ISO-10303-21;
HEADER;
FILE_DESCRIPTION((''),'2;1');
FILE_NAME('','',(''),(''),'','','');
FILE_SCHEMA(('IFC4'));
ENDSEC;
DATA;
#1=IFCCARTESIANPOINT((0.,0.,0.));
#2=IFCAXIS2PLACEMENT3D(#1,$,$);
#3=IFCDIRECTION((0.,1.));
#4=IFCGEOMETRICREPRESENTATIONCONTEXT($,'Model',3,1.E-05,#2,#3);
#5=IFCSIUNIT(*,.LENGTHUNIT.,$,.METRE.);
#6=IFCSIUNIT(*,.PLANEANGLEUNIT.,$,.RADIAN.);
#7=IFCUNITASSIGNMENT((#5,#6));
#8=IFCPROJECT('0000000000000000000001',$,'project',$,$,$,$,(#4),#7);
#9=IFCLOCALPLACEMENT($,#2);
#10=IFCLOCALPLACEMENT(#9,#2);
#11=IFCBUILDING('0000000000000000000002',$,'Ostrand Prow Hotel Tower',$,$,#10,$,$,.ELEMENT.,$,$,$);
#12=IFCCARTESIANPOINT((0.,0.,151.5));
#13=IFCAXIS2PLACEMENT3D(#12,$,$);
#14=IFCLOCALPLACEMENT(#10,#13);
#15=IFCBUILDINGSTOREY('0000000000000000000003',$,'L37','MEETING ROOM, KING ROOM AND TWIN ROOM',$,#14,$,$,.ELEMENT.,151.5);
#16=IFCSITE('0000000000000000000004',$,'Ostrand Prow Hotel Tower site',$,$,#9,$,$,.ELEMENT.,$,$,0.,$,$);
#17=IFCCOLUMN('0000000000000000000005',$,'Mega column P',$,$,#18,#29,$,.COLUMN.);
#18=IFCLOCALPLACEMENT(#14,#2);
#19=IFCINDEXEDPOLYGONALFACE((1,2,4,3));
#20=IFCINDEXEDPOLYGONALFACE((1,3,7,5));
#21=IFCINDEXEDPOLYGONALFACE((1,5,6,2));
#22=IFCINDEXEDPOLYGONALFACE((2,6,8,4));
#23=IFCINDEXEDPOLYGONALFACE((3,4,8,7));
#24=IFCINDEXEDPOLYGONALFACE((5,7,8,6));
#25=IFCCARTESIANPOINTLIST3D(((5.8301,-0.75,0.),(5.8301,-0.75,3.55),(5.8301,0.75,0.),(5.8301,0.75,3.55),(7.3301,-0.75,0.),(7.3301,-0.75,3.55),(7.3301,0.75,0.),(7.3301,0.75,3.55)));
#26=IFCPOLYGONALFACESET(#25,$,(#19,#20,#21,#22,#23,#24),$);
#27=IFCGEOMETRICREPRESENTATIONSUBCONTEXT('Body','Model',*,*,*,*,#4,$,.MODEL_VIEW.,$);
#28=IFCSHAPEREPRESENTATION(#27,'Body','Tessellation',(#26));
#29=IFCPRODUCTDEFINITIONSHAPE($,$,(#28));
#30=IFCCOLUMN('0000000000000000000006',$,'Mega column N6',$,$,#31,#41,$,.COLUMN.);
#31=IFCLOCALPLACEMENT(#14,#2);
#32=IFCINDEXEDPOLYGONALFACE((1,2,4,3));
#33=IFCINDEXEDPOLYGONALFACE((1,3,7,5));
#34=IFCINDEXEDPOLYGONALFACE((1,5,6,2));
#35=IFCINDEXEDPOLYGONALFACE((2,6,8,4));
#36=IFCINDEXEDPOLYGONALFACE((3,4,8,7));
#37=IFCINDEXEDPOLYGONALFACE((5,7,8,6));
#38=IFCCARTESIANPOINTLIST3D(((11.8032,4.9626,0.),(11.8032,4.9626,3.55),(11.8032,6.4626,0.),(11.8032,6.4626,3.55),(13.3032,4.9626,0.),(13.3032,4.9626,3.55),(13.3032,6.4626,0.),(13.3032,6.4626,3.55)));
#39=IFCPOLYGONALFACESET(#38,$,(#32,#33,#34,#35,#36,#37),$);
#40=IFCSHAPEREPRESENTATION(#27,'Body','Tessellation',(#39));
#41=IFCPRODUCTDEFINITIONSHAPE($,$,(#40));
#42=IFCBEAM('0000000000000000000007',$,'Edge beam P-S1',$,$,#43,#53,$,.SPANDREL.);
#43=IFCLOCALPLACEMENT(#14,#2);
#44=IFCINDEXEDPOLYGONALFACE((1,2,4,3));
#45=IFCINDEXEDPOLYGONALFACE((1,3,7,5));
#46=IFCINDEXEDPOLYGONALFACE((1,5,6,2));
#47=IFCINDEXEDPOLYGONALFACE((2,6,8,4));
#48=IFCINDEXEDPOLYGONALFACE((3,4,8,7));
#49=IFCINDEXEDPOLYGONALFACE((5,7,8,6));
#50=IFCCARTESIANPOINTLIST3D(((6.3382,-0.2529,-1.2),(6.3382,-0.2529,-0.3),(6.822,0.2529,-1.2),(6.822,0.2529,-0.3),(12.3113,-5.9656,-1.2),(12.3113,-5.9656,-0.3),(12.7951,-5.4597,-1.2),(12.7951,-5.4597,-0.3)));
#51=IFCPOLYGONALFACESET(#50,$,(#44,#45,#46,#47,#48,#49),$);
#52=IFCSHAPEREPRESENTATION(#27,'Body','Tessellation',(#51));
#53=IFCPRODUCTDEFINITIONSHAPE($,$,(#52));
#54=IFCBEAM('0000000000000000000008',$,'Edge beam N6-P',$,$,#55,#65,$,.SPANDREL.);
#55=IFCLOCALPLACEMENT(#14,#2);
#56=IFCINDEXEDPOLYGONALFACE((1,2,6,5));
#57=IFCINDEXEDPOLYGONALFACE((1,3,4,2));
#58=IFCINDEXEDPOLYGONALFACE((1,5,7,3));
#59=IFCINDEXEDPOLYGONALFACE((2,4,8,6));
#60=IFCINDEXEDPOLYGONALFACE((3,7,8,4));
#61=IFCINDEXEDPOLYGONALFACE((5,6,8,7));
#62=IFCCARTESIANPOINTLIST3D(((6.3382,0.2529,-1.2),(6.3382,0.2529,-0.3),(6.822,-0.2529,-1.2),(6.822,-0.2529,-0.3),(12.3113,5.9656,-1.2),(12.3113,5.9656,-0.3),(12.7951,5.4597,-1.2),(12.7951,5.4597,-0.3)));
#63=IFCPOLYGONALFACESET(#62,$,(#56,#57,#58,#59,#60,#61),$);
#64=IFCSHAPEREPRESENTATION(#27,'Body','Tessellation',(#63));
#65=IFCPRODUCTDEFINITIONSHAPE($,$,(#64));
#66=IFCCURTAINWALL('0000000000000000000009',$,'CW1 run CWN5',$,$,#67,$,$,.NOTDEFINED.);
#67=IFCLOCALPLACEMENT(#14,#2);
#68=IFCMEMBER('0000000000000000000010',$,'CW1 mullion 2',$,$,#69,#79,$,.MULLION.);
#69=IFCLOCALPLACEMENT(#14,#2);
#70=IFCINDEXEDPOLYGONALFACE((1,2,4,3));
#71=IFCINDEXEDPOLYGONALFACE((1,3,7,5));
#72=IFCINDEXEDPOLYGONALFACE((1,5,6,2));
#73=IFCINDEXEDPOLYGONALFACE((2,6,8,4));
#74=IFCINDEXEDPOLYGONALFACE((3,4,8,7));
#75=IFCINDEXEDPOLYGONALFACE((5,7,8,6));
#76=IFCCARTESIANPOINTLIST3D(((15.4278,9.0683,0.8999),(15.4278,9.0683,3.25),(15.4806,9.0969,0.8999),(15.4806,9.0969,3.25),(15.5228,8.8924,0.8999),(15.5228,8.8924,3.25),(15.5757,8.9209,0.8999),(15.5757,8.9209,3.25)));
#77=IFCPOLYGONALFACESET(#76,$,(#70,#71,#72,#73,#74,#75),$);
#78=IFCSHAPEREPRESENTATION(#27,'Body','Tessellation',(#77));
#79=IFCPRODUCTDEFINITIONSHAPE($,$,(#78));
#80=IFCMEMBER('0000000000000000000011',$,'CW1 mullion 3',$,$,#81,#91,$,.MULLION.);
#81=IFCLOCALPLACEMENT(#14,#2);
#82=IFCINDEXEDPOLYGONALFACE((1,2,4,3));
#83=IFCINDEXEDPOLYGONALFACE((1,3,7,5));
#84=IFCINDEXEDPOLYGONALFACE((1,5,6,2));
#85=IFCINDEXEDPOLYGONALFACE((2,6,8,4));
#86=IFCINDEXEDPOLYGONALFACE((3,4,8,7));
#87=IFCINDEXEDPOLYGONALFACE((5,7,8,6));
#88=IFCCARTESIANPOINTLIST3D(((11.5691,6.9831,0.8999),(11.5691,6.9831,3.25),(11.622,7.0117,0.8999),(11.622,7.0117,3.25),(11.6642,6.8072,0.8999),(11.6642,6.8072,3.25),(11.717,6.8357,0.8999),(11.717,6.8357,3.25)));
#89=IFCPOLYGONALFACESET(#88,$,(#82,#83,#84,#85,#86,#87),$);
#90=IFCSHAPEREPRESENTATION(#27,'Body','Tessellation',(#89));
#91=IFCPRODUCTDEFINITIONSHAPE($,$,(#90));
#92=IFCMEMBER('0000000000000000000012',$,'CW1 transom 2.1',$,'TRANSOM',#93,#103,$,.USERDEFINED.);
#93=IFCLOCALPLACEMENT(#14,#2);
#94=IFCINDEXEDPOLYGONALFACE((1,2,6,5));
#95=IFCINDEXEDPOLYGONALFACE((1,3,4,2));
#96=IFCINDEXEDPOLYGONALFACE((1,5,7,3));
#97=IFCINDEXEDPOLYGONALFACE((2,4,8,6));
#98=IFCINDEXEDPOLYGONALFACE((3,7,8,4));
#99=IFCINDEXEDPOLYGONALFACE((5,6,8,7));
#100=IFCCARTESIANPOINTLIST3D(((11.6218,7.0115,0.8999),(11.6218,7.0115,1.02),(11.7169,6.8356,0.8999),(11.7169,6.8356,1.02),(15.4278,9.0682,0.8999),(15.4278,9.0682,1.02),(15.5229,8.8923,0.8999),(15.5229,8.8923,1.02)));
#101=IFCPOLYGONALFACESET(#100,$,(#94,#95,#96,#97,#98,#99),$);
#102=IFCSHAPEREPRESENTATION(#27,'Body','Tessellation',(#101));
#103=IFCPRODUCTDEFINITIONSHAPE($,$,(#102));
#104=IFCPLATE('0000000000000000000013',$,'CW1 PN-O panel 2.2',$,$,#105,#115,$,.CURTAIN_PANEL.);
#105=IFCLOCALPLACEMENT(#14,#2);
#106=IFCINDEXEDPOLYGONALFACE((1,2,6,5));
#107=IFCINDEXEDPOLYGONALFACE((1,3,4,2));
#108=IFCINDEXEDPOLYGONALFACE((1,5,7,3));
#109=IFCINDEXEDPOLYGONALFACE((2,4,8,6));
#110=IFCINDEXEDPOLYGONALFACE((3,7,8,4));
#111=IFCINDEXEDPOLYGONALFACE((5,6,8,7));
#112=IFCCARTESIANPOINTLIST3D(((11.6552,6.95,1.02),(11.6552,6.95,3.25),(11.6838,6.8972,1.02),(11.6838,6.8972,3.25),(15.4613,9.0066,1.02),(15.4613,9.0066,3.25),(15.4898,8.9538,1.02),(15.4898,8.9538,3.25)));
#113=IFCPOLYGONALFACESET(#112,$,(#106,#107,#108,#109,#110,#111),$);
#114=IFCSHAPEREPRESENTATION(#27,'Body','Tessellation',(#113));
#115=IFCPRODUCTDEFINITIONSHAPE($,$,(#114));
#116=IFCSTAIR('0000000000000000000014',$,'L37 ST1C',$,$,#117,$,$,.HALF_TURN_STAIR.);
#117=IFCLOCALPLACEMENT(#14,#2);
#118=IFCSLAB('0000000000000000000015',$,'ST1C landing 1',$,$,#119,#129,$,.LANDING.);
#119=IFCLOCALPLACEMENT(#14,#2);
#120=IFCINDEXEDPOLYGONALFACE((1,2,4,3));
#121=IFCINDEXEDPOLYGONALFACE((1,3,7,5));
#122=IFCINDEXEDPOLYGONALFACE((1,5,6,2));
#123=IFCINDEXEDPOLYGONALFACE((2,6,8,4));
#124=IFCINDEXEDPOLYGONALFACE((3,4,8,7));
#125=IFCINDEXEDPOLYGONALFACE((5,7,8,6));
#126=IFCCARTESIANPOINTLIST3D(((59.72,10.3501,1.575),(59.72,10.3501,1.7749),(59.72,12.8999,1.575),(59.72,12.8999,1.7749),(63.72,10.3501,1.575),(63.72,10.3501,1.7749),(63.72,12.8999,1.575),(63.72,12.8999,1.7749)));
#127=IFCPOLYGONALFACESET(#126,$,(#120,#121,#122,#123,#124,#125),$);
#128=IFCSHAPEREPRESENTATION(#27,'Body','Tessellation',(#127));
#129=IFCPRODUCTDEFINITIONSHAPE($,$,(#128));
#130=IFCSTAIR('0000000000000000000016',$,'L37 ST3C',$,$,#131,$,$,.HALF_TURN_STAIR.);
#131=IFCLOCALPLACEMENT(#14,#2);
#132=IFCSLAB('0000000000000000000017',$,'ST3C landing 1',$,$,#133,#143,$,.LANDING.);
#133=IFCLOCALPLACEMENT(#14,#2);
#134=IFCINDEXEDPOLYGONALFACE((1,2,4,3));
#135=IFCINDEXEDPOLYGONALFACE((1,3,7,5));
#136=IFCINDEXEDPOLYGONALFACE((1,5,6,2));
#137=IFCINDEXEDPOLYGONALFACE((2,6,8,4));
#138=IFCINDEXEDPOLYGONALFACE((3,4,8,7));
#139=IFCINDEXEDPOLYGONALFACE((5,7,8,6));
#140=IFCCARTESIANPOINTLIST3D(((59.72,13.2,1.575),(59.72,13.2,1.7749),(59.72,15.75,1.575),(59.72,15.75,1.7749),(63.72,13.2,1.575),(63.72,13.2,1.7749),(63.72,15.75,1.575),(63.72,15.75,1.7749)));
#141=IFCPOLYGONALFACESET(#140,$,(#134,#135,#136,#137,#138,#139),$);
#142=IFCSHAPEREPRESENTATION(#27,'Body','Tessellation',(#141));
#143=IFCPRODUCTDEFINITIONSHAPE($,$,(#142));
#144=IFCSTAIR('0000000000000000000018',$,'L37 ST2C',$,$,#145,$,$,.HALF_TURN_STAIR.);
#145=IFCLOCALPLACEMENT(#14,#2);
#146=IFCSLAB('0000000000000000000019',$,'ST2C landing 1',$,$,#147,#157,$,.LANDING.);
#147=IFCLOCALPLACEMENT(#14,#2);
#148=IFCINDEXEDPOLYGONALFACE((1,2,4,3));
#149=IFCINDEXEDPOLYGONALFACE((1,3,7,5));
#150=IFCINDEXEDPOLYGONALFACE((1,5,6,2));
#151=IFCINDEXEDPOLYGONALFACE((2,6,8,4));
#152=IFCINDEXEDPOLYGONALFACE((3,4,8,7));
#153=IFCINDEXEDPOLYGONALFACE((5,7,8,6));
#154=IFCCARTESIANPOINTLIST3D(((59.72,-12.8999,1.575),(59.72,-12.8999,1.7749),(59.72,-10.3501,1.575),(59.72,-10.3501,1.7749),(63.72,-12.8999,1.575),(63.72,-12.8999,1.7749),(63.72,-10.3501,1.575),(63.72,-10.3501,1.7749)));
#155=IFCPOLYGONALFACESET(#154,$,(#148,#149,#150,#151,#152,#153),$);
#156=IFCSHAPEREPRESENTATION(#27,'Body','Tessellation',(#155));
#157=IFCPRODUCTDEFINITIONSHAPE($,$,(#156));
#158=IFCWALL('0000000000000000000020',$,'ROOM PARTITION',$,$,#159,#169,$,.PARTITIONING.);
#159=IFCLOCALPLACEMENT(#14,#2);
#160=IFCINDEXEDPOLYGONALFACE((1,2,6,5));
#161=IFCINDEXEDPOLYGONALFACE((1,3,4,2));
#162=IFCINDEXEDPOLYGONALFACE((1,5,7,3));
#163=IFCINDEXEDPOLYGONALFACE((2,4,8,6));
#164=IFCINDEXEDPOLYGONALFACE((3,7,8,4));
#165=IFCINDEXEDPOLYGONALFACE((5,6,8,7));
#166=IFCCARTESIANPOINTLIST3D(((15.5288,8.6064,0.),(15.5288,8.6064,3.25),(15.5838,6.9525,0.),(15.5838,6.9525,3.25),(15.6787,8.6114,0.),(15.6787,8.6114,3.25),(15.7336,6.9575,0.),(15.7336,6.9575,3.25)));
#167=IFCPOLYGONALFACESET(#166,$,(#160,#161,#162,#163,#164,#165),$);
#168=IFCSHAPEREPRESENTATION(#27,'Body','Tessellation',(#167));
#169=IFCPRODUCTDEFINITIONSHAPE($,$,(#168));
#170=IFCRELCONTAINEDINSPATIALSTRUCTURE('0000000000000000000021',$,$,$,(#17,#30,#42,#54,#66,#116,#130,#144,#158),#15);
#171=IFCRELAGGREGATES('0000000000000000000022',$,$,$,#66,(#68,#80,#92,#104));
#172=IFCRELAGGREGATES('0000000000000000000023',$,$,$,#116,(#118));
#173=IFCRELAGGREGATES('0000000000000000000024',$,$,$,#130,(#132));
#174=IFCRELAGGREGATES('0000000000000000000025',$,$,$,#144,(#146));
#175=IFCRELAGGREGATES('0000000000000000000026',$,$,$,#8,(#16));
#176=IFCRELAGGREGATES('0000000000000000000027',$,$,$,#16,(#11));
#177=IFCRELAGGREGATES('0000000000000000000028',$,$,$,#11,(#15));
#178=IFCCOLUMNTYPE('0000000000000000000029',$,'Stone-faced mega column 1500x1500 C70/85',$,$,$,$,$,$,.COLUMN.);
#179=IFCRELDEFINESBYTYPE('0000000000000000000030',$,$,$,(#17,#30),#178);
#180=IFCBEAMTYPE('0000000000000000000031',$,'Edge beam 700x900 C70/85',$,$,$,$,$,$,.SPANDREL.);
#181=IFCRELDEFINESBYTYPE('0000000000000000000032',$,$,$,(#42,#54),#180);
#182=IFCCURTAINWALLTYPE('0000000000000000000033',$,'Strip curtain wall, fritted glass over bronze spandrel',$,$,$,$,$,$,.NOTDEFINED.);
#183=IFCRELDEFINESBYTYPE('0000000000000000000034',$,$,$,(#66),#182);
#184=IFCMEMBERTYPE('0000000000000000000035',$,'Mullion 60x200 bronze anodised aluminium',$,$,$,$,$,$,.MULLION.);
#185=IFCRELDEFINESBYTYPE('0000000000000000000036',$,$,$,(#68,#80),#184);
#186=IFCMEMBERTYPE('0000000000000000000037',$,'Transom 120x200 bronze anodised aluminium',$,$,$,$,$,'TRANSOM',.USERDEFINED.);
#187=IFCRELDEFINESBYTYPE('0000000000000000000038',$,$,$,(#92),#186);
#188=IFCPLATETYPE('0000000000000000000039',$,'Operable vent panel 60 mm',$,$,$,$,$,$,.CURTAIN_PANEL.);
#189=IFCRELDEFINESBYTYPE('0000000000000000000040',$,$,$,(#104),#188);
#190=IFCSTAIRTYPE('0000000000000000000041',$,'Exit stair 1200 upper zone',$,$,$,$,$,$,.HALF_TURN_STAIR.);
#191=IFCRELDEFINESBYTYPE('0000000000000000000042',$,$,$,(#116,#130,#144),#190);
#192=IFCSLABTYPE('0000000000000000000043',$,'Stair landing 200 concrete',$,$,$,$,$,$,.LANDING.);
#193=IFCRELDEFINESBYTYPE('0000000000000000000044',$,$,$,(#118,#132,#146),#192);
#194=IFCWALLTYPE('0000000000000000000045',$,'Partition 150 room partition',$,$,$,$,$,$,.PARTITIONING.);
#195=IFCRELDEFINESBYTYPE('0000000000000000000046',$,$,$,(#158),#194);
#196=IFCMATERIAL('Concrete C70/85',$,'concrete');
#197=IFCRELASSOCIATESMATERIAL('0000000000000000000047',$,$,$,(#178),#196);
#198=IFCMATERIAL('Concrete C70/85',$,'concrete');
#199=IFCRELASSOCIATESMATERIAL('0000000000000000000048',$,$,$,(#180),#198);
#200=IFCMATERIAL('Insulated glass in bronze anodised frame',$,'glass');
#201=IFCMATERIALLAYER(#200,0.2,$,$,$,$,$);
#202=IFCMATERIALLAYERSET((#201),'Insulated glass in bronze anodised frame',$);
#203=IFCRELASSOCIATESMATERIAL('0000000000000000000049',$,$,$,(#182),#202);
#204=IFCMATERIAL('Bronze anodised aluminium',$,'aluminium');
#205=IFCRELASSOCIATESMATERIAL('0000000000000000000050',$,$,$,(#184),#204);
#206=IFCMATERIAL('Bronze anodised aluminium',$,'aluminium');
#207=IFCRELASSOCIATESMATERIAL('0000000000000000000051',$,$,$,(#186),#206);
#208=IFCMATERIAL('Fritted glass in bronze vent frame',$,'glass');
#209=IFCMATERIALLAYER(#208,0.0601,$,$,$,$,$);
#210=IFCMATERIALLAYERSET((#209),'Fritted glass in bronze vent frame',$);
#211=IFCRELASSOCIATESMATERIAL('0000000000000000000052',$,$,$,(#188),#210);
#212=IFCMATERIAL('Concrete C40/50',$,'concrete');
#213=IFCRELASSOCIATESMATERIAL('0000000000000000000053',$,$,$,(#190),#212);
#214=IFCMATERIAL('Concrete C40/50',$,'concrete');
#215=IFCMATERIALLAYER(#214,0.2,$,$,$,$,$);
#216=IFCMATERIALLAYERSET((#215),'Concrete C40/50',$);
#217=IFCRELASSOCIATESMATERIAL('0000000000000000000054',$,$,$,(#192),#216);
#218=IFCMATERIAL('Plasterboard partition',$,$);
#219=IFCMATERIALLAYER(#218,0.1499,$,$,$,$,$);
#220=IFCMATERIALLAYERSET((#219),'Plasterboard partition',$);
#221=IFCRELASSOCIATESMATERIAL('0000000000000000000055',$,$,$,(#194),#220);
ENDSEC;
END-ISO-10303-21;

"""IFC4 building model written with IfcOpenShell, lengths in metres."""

from ifc_helpers import new_model, si_unit, direction, frame, frame_2d, origin, origin_2d, place, context, subcontext, project, spatial, polyline, rectangle, outline, extrude, material, layer, layer_set, material_profile, profile_set, type_object, element, aggregate, save


model = new_model("IFC4")

# Units and contexts
model_context = context("Model", 3, precision=1e-05, world=origin(), true_north=direction((0.0, 1.0)))
body_context = subcontext(model_context, "Body", "Model", "MODEL_VIEW")
ifc_project = project(units=[si_unit("LENGTHUNIT", "METRE"), si_unit("PLANEANGLEUNIT", "RADIAN")], contexts=[model_context])

# Site, building, storey
site_placement = place(None, origin())
site = spatial("IfcSite", under=ifc_project, at=site_placement, Name="Ostrand Prow Hotel Tower site", CompositionType="ELEMENT", RefElevation=0.0)
building_placement = place(site_placement, origin())
building = spatial("IfcBuilding", under=site, at=building_placement, Name="Ostrand Prow Hotel Tower", CompositionType="ELEMENT")
storey_placement = place(building_placement, frame((0.0, 0.0, 151.5)))
storey = spatial("IfcBuildingStorey", under=building, at=storey_placement, Name="L37", Description="MEETING ROOM, KING ROOM AND TWIN ROOM", CompositionType="ELEMENT", Elevation=151.5)

# Columns
ifc_material_1 = material(Name="Concrete C70/85", Category="concrete")
ifc_material_profile_1 = material_profile(ifc_material_1, rectangle(XDim=1.5, YDim=1.5, at=origin_2d()), Name="RC 1500x1500")
ifc_profile_set_1 = profile_set([ifc_material_profile_1], Name="Concrete C70/85")
column_type = type_object("IfcColumnType", Name="Stone-faced mega column 1500x1500 C70/85", PredefinedType="COLUMN", material=ifc_profile_set_1)
for number, where, z_axis, x_axis, name in (
    (1, (6.5801, 0.0, 0.0), (0.0, 0.0, 1.0), (1.0, 0.0, 0.0), "Mega column P"),
    (2, (12.5532, 5.7126, 0.0), (0.0, 0.0, 1.0), (1.0, 0.0, 0.0), "Mega column N6"),
):
    element("IfcColumn", number, at=place(storey_placement, frame(where, z_axis=z_axis, x_axis=x_axis)), inside=storey, type_object=column_type, Name=name, PredefinedType="COLUMN", context=body_context, shape_type="SweptSolid", body=[
        extrude(rectangle(XDim=1.5, YDim=1.5, at=origin_2d()), origin(), (0.0, 0.0, 1.0), 3.55),
    ])

# Beams
ifc_material_2 = material(Name="Concrete C70/85", Category="concrete")
ifc_material_profile_2 = material_profile(ifc_material_2, rectangle(XDim=0.7, YDim=0.8999, at=origin_2d()), Name="RC 700x900")
ifc_profile_set_2 = profile_set([ifc_material_profile_2], Name="Concrete C70/85")
beam_type = type_object("IfcBeamType", Name="Edge beam 700x900 C70/85", PredefinedType="SPANDREL", material=ifc_profile_set_2)
for number, where, z_axis, x_axis, name in (
    (3, (6.5801, 0.0, -0.75), (0.72269, -0.691172, 0.0), (0.691172, 0.72269, 0.0), "Edge beam P-S1"),
    (4, (12.5532, 5.7126, -0.75), (-0.72269, -0.691172, 0.0), (0.691172, -0.72269, 0.0), "Edge beam N6-P"),
):
    element("IfcBeam", number, at=place(storey_placement, frame(where, z_axis=z_axis, x_axis=x_axis)), inside=storey, type_object=beam_type, Name=name, PredefinedType="SPANDREL", context=body_context, shape_type="SweptSolid", body=[
        extrude(rectangle(XDim=0.7, YDim=0.8999, at=origin_2d()), origin(), (0.0, 0.0, 1.0), 8.2651),
    ])

# Curtain wall, members, plate
ifc_material_3 = material(Name="Insulated glass in bronze anodised frame", Category="glass")
ifc_layer_1 = layer(ifc_material_3, 0.2)
ifc_layer_set_1 = layer_set([ifc_layer_1], Name="Insulated glass in bronze anodised frame")
curtain_wall_type = type_object("IfcCurtainWallType", Name="Strip curtain wall, fritted glass over bronze spandrel", PredefinedType="NOTDEFINED", material=ifc_layer_set_1)
curtain_wall_placement = place(storey_placement, origin())
curtain_wall = element("IfcCurtainWall", 5, at=curtain_wall_placement, inside=storey, type_object=curtain_wall_type, Name="CW1 run CWN5", PredefinedType="NOTDEFINED")
ifc_material_4 = material(Name="Bronze anodised aluminium", Category="aluminium")
ifc_material_profile_3 = material_profile(ifc_material_4, rectangle(XDim=0.2, YDim=0.0601, at=origin_2d()), Name="Mullion 60x200 bronze anodised aluminium")
ifc_profile_set_3 = profile_set([ifc_material_profile_3], Name="Bronze anodised aluminium")
member_type_1 = type_object("IfcMemberType", Name="Mullion 60x200 bronze anodised aluminium", PredefinedType="MULLION", material=ifc_profile_set_3)
member_1_placement = place(storey_placement, frame((15.5017, 8.9946, 0.8999), z_axis=(0.0, 0.0, 1.0), x_axis=(0.475394, -0.879773, 0.0)))
member_1 = element("IfcMember", 6, at=member_1_placement, type_object=member_type_1, Name="CW1 mullion 2", PredefinedType="MULLION", context=body_context, shape_type="SweptSolid", body=[
    extrude(rectangle(XDim=0.2, YDim=0.0601, at=origin_2d()), origin(), (0.0, 0.0, 1.0), 2.3501),
])
member_2_placement = place(storey_placement, frame((11.6431, 6.9094, 0.8999), z_axis=(0.0, 0.0, 1.0), x_axis=(0.475394, -0.879773, 0.0)))
member_2 = element("IfcMember", 7, at=member_2_placement, type_object=member_type_1, Name="CW1 mullion 3", PredefinedType="MULLION", context=body_context, shape_type="SweptSolid", body=[
    extrude(rectangle(XDim=0.2, YDim=0.0601, at=origin_2d()), origin(), (0.0, 0.0, 1.0), 2.3501),
])
ifc_material_5 = material(Name="Bronze anodised aluminium", Category="aluminium")
ifc_material_profile_4 = material_profile(ifc_material_5, rectangle(XDim=0.2, YDim=0.1201, at=origin_2d()), Name="Transom 120x200 bronze anodised aluminium")
ifc_profile_set_4 = profile_set([ifc_material_profile_4], Name="Bronze anodised aluminium")
member_type_2 = type_object("IfcMemberType", Name="Transom 120x200 bronze anodised aluminium", ElementType="TRANSOM", PredefinedType="USERDEFINED", material=ifc_profile_set_4)
member_3_placement = place(storey_placement, frame((15.4753, 8.9802, 0.96), z_axis=(-0.879765, -0.475408, 0.0), x_axis=(0.475408, -0.879765, 0.0)))
member_3 = element("IfcMember", 8, at=member_3_placement, type_object=member_type_2, Name="CW1 transom 2.1", ObjectType="TRANSOM", PredefinedType="USERDEFINED", context=body_context, shape_type="SweptSolid", body=[
    extrude(rectangle(XDim=0.2, YDim=0.1201, at=origin_2d()), origin(), (0.0, 0.0, 1.0), 4.3262),
])
ifc_material_6 = material(Name="Fritted glass in bronze vent frame", Category="glass")
ifc_layer_2 = layer(ifc_material_6, 0.0601)
ifc_layer_set_2 = layer_set([ifc_layer_2], Name="Fritted glass in bronze vent frame")
plate_type = type_object("IfcPlateType", Name="Operable vent panel 60 mm", PredefinedType="CURTAIN_PANEL", material=ifc_layer_set_2)
plate_placement = place(storey_placement, frame((13.5725, 7.9519, 1.02), z_axis=(0.0, 0.0, 1.0), x_axis=(-0.879773, -0.475394, 0.0)))
plate = element("IfcPlate", 9, at=plate_placement, type_object=plate_type, Name="CW1 PN-O panel 2.2", PredefinedType="CURTAIN_PANEL", context=body_context, shape_type="SweptSolid", body=[
    extrude(rectangle(XDim=4.3262, YDim=0.0601, at=origin_2d()), origin(), (0.0, 0.0, 1.0), 2.23),
])
aggregate(curtain_wall, [member_1, member_2, member_3, plate])

# Stairs, slabs
ifc_material_7 = material(Name="Concrete C40/50", Category="concrete")
stair_type = type_object("IfcStairType", Name="Exit stair 1200 upper zone", PredefinedType="HALF_TURN_STAIR", material=ifc_material_7)
stair_1_placement = place(storey_placement, origin())
stair_1 = element("IfcStair", 10, at=stair_1_placement, inside=storey, type_object=stair_type, Name="L37 ST1C", PredefinedType="HALF_TURN_STAIR")
ifc_material_8 = material(Name="Concrete C40/50", Category="concrete")
ifc_layer_3 = layer(ifc_material_8, 0.2)
ifc_layer_set_3 = layer_set([ifc_layer_3], Name="Concrete C40/50")
slab_type = type_object("IfcSlabType", Name="Stair landing 200 concrete", PredefinedType="LANDING", material=ifc_layer_set_3)
slab_1_placement = place(storey_placement, frame((0.0, 0.0, 1.575)))
slab_1 = element("IfcSlab", 11, at=slab_1_placement, type_object=slab_type, Name="ST1C landing 1", PredefinedType="LANDING", context=body_context, shape_type="SweptSolid", body=[
    extrude(outline(polyline([(59.72, 10.3501), (63.72, 10.3501), (63.72, 12.8999), (59.72, 12.8999), (59.72, 10.3501)])), origin(), (0.0, 0.0, 1.0), 0.2),
])
aggregate(stair_1, [slab_1])
stair_2_placement = place(storey_placement, origin())
stair_2 = element("IfcStair", 12, at=stair_2_placement, inside=storey, type_object=stair_type, Name="L37 ST3C", PredefinedType="HALF_TURN_STAIR")
slab_2_placement = place(storey_placement, frame((0.0, 0.0, 1.575)))
slab_2 = element("IfcSlab", 13, at=slab_2_placement, type_object=slab_type, Name="ST3C landing 1", PredefinedType="LANDING", context=body_context, shape_type="SweptSolid", body=[
    extrude(outline(polyline([(59.72, 13.2), (63.72, 13.2), (63.72, 15.75), (59.72, 15.75), (59.72, 13.2)])), origin(), (0.0, 0.0, 1.0), 0.2),
])
aggregate(stair_2, [slab_2])
stair_3_placement = place(storey_placement, origin())
stair_3 = element("IfcStair", 14, at=stair_3_placement, inside=storey, type_object=stair_type, Name="L37 ST2C", PredefinedType="HALF_TURN_STAIR")
slab_3_placement = place(storey_placement, frame((0.0, 0.0, 1.575)))
slab_3 = element("IfcSlab", 15, at=slab_3_placement, type_object=slab_type, Name="ST2C landing 1", PredefinedType="LANDING", context=body_context, shape_type="SweptSolid", body=[
    extrude(outline(polyline([(59.72, -12.8999), (63.72, -12.8999), (63.72, -10.3501), (59.72, -10.3501), (59.72, -12.8999)])), origin(), (0.0, 0.0, 1.0), 0.2),
])
aggregate(stair_3, [slab_3])

# Wall
ifc_material_9 = material(Name="Plasterboard partition")
ifc_layer_4 = layer(ifc_material_9, 0.1499)
ifc_layer_set_4 = layer_set([ifc_layer_4], Name="Plasterboard partition")
wall_type_1 = type_object("IfcWallType", Name="Partition 150 room partition", PredefinedType="PARTITIONING", material=ifc_layer_set_4)
wall_1_placement = place(storey_placement, frame((15.6038, 8.6089, 0.0), z_axis=(0.0, 0.0, 1.0), x_axis=(0.033197, -0.999449, 0.0)))
element("IfcWall", 16, at=wall_1_placement, inside=storey, type_object=wall_type_1, Name="ROOM PARTITION", PredefinedType="PARTITIONING", context=body_context, shape_type="SweptSolid", body=[
    extrude(rectangle(XDim=1.6548, YDim=0.1499, at=frame_2d((0.8274, 0.0))), origin(), (0.0, 0.0, 1.0), 3.25),
])

save(model, "model.ifc")
